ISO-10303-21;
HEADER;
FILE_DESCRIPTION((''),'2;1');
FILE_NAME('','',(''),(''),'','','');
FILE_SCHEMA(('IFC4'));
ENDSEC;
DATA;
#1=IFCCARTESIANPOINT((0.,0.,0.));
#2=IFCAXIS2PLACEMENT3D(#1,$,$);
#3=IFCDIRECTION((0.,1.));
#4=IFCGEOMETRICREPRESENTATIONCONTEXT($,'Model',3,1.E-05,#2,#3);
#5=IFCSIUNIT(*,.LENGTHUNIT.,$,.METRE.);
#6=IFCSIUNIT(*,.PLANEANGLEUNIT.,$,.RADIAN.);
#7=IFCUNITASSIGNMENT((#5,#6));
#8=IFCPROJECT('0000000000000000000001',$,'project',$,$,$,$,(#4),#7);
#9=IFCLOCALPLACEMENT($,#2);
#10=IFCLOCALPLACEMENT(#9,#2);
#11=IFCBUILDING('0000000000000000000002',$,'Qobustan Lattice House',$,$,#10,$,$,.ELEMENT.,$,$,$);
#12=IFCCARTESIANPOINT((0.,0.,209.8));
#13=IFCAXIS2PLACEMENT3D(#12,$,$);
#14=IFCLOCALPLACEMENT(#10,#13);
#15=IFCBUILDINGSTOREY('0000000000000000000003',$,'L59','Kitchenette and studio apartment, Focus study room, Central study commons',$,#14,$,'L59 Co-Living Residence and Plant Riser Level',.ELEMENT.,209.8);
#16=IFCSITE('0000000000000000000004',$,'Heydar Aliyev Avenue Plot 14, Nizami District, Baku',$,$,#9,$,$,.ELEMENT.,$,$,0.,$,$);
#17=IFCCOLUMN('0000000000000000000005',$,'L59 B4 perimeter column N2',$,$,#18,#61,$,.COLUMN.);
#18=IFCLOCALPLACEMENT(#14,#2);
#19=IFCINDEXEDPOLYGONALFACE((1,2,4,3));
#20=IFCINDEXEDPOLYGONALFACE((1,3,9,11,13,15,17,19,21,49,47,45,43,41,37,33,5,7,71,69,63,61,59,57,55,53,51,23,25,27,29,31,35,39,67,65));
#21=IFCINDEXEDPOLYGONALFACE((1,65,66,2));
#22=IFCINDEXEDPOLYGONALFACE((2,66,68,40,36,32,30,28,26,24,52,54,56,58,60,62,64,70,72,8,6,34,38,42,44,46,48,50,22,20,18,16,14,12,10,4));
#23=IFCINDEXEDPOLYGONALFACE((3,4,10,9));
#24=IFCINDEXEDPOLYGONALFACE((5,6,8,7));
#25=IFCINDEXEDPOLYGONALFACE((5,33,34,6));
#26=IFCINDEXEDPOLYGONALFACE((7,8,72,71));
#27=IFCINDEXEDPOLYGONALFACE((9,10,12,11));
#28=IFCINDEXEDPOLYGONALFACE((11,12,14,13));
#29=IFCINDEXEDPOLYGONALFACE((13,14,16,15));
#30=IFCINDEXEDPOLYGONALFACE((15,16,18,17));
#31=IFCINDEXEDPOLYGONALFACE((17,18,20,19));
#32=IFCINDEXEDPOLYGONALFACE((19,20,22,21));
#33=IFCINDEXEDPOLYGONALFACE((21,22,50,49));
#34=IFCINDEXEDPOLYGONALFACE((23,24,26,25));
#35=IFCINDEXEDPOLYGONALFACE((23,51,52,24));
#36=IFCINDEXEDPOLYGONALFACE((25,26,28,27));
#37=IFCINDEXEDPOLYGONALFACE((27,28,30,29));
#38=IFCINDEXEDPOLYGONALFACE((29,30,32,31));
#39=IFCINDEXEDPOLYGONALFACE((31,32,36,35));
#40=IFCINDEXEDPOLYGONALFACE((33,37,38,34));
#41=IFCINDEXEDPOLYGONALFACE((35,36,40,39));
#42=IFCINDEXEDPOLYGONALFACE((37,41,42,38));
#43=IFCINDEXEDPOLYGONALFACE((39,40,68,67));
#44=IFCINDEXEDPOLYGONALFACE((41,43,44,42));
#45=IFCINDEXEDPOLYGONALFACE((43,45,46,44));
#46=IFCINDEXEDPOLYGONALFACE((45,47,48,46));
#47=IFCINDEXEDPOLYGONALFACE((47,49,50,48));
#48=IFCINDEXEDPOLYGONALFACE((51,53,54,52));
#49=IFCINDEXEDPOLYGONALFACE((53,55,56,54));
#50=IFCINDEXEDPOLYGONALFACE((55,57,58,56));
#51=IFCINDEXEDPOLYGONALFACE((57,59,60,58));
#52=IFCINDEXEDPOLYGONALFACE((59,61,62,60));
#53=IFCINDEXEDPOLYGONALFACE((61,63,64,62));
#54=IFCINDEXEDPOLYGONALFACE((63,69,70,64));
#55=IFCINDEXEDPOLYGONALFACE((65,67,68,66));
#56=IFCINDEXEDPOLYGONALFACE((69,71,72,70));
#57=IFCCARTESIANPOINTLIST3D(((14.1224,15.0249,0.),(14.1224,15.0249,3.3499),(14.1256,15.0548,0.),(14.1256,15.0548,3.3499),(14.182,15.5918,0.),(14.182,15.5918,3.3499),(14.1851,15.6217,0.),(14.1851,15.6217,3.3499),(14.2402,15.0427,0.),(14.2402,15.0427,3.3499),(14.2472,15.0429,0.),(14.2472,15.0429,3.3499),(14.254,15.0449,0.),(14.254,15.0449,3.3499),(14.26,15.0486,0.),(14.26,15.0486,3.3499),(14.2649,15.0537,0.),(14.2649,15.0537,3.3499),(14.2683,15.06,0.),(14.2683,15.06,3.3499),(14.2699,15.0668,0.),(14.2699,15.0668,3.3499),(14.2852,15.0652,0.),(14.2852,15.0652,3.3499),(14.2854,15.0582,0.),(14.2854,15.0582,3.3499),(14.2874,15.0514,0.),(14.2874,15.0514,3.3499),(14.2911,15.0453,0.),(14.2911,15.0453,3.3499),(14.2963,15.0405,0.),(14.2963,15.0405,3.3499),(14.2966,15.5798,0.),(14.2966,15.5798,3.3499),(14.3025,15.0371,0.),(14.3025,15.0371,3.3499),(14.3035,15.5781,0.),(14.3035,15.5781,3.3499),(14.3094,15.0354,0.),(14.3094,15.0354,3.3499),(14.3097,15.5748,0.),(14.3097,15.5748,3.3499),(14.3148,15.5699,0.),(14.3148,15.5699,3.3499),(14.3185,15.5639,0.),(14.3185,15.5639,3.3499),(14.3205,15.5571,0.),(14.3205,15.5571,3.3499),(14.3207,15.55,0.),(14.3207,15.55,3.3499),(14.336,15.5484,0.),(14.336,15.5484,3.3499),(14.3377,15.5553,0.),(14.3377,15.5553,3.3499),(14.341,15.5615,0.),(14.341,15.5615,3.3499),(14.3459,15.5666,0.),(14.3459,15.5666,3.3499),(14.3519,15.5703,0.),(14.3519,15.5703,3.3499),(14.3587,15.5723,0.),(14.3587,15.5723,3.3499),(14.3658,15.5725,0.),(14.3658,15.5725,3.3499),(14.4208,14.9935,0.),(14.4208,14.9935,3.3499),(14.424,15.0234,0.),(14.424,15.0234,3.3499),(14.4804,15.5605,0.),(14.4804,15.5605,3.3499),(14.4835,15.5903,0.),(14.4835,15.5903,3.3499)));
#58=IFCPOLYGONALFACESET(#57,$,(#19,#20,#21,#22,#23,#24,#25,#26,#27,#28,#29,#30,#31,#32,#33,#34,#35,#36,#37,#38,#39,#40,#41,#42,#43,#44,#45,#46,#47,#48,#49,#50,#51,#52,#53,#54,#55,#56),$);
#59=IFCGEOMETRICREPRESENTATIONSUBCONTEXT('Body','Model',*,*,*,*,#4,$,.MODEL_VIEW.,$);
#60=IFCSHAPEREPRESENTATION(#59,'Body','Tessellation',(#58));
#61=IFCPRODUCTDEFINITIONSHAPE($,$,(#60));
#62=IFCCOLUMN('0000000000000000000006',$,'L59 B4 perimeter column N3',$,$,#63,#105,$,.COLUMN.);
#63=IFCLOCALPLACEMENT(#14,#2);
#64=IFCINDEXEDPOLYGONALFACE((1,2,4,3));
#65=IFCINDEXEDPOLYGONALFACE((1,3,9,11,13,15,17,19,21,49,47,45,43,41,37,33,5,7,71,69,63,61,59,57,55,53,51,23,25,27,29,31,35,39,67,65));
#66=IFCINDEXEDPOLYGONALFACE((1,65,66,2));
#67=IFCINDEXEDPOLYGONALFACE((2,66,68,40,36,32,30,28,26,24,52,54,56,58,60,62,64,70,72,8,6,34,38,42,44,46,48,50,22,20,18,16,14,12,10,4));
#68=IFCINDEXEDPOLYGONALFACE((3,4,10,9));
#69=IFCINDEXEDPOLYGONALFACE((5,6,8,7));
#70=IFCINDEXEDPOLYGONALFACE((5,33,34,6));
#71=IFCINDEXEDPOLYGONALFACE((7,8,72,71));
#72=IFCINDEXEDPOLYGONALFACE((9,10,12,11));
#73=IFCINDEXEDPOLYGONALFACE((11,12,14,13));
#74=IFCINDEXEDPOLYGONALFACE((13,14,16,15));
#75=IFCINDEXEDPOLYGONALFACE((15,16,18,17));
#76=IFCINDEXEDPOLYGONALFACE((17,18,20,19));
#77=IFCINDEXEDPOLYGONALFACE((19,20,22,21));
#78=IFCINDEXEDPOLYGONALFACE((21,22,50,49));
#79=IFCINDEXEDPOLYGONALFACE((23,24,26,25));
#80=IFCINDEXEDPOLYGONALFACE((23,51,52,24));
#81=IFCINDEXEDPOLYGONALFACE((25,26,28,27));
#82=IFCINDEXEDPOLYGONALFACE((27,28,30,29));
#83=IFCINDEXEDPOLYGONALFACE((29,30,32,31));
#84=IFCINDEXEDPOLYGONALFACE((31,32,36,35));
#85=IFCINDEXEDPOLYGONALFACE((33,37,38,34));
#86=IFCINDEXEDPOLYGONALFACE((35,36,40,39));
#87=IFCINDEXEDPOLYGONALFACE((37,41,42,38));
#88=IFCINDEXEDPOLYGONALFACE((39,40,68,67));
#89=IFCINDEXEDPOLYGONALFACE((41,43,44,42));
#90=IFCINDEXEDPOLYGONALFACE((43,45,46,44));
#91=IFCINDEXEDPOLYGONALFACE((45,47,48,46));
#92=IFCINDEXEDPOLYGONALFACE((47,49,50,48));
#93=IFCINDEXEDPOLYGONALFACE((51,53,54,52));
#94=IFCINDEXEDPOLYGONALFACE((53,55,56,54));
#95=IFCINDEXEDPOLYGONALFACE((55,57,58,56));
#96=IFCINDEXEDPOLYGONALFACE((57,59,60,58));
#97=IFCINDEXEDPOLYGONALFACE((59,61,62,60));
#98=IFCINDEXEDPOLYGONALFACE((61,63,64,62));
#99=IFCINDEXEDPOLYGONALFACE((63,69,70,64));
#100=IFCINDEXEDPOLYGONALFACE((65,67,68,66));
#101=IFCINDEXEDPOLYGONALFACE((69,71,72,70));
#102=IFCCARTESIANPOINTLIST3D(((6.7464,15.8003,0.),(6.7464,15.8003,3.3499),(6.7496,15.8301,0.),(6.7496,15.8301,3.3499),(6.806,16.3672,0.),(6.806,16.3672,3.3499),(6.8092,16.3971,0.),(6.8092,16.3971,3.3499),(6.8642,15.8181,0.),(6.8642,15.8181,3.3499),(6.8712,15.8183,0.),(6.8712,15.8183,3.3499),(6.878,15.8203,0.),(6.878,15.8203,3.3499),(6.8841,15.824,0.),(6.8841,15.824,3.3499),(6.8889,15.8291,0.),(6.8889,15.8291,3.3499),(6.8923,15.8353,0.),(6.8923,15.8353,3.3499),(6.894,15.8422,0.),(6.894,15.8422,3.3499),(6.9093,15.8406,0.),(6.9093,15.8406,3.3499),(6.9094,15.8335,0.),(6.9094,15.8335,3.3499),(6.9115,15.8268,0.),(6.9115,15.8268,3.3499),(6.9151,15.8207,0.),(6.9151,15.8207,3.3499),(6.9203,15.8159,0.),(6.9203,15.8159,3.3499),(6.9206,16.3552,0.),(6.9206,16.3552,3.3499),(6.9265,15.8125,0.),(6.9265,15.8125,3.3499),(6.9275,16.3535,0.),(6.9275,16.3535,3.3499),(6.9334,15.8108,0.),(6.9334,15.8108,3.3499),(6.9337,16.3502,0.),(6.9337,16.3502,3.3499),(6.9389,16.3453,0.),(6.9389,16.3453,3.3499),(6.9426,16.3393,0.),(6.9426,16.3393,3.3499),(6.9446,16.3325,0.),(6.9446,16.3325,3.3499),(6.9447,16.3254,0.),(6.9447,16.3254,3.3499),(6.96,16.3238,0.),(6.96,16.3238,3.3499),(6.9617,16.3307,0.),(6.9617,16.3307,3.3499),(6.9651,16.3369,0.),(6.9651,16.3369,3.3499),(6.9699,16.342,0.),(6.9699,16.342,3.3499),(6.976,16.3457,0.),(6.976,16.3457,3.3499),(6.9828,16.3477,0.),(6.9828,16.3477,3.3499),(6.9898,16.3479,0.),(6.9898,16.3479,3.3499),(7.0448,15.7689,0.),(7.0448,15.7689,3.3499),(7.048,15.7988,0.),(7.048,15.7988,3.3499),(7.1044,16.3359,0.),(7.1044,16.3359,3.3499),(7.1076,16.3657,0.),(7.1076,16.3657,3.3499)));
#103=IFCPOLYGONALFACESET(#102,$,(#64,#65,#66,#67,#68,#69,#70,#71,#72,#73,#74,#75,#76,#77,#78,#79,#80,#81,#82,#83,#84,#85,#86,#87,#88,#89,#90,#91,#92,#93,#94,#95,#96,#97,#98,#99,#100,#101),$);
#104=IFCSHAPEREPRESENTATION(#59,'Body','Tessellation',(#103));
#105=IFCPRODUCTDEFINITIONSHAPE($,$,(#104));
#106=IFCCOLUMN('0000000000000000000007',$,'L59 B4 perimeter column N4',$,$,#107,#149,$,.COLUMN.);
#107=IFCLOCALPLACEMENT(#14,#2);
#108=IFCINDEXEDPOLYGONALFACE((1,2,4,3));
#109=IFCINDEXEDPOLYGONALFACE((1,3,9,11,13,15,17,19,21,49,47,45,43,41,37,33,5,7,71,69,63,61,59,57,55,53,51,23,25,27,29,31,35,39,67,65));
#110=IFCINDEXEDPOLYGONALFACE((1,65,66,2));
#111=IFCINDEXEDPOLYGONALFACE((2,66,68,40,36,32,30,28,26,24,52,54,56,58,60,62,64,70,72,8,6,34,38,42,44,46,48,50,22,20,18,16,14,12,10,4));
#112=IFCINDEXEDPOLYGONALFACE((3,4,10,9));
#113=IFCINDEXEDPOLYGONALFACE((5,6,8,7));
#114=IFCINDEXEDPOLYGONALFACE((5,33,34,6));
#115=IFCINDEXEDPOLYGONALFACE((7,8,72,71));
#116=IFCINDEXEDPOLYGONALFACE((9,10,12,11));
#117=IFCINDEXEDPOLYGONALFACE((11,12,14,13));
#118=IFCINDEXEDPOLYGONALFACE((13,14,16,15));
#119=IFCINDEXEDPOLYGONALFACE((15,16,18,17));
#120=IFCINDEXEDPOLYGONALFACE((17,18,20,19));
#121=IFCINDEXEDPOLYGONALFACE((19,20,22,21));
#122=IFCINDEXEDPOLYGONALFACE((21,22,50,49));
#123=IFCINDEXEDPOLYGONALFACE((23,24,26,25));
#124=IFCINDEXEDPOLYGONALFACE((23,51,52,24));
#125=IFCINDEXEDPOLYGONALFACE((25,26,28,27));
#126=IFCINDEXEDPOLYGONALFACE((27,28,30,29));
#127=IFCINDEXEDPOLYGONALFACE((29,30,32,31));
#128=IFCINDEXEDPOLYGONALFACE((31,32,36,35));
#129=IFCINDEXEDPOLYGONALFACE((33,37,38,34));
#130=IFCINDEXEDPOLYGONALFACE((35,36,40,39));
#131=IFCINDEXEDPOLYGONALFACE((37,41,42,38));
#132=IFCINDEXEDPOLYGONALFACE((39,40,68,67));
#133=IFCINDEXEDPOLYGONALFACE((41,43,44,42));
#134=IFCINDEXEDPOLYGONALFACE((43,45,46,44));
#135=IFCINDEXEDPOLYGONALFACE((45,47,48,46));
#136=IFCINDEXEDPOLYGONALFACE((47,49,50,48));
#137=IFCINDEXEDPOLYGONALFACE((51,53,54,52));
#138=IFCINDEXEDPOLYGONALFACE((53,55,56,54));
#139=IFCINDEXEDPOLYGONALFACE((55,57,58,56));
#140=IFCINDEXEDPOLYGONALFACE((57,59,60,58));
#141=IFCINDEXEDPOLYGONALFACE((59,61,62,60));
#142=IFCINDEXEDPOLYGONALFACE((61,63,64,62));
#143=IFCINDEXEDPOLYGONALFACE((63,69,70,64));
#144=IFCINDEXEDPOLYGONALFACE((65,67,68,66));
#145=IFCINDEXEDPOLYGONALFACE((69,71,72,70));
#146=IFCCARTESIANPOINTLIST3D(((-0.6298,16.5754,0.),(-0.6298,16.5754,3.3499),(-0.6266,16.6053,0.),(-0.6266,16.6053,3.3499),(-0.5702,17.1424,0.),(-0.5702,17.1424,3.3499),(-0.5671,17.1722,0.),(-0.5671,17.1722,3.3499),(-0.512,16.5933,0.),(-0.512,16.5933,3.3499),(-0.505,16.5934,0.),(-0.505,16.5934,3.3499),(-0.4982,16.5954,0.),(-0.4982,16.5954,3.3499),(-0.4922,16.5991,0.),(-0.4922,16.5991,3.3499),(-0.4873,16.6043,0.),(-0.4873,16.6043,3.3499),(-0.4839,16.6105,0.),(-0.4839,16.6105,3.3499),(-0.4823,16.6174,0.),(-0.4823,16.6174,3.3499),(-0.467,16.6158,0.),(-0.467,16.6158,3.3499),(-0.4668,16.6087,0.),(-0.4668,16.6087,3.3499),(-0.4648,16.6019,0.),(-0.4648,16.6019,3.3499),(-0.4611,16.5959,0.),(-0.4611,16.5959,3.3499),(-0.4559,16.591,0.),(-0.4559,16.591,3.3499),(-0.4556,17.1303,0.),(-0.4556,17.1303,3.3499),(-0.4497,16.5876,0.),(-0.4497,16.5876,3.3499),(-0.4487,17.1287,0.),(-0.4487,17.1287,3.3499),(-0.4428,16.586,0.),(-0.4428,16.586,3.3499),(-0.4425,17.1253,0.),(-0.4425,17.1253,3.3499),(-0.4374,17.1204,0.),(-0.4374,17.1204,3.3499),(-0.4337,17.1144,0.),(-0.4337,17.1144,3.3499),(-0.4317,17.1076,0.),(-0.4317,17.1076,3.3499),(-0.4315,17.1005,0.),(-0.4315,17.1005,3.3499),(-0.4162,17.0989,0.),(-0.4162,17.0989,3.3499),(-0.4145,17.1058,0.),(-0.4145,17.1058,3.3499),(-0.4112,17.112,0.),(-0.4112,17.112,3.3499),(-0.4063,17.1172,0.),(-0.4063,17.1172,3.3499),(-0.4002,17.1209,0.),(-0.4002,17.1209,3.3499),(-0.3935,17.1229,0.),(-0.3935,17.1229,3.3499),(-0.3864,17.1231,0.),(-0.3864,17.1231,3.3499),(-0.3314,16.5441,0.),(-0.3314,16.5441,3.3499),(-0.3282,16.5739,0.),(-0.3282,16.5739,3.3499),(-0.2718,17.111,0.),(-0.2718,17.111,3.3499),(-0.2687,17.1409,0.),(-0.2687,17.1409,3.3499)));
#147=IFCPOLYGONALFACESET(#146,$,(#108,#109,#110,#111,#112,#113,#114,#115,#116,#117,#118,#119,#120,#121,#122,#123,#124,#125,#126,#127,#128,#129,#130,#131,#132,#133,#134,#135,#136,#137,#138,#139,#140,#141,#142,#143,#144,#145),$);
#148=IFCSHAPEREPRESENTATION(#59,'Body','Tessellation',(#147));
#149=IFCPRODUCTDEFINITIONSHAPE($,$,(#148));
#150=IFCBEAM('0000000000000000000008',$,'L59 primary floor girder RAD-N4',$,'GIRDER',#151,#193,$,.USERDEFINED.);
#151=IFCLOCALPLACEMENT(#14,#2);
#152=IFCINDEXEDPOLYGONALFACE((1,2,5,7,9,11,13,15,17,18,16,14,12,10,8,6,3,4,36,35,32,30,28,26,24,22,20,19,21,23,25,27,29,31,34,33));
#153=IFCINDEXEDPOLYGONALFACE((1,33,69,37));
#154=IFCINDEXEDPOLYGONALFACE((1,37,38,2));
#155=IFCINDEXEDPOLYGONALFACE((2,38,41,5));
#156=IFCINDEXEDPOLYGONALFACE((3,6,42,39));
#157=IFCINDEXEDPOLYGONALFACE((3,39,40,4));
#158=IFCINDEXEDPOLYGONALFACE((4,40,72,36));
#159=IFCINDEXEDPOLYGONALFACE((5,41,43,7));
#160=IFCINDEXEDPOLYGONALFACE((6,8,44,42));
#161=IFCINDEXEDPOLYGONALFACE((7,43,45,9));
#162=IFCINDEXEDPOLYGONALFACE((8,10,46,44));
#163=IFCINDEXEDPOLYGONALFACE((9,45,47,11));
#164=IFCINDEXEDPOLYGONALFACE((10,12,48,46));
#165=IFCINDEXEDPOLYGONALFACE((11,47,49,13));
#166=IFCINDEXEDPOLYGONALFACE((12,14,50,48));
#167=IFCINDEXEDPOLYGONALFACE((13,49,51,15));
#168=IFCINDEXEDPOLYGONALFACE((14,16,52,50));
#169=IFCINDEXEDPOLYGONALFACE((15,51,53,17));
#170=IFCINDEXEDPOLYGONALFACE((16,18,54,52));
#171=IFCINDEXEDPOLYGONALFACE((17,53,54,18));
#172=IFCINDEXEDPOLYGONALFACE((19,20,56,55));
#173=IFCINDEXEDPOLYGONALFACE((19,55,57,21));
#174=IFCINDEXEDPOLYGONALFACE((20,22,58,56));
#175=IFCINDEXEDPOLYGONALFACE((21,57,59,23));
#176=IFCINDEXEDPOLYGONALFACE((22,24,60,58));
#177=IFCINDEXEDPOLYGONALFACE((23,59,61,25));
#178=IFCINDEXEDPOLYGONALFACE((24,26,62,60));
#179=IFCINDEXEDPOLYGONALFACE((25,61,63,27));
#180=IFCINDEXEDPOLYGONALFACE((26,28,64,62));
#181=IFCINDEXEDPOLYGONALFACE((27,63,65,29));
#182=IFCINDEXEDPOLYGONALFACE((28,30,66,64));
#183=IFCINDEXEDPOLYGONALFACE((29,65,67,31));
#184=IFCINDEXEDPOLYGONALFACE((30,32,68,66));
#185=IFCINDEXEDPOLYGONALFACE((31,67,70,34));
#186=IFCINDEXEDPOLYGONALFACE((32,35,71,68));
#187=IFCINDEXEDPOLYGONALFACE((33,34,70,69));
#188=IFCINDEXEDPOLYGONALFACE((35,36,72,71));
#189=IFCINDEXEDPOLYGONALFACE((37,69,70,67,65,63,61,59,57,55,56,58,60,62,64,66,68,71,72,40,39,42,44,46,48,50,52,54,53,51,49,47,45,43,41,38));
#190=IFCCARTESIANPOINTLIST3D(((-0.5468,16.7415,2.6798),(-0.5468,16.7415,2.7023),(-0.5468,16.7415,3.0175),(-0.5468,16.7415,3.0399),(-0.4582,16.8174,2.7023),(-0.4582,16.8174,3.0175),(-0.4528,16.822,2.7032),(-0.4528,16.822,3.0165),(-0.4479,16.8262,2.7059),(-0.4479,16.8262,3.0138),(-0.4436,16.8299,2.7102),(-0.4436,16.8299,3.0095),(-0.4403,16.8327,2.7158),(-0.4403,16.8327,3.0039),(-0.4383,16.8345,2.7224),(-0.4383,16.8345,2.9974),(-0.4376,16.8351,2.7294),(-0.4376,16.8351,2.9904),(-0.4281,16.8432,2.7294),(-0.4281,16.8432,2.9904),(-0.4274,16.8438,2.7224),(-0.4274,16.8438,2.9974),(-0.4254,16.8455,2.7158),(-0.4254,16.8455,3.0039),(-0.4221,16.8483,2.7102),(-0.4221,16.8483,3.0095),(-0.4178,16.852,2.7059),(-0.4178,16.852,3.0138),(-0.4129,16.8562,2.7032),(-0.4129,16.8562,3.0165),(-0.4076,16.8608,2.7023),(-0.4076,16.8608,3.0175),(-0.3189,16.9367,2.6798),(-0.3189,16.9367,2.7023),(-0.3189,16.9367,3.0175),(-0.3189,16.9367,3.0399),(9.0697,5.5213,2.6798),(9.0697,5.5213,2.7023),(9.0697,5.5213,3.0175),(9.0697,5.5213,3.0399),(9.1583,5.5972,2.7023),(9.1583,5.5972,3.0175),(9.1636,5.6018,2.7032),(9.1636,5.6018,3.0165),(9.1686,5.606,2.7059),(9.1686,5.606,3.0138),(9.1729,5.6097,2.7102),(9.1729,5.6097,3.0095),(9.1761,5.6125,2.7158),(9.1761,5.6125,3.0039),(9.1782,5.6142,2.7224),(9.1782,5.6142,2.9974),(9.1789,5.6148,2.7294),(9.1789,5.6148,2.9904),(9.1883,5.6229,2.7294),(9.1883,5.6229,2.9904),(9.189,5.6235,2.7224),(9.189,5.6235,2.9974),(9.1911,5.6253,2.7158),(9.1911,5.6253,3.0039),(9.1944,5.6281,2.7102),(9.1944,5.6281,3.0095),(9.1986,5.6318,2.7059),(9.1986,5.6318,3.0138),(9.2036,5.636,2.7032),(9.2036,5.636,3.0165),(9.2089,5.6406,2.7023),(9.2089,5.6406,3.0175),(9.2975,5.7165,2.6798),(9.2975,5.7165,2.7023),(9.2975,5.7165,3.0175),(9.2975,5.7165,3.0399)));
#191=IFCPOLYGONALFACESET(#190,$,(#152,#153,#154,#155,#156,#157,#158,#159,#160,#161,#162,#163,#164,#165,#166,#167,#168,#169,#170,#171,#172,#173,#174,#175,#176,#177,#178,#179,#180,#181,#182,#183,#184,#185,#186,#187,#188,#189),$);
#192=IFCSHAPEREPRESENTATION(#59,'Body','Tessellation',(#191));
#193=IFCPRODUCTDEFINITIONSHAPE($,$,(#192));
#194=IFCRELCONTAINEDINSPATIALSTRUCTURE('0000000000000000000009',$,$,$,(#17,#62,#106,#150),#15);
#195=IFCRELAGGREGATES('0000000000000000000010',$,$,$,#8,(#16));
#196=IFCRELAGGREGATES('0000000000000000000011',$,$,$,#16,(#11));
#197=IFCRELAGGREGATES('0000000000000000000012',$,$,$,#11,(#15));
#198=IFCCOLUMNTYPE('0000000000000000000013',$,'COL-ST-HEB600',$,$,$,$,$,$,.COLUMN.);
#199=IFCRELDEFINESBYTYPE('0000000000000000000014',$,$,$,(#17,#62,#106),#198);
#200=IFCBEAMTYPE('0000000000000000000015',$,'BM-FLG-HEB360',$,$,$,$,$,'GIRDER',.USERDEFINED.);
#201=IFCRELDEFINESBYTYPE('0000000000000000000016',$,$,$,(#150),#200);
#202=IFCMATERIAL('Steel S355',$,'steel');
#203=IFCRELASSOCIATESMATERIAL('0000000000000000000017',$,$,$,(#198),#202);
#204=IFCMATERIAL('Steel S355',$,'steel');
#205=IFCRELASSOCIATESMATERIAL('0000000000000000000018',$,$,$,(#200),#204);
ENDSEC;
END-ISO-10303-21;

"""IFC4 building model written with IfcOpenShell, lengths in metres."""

from ifc_helpers import new_model, si_unit, direction, frame, origin, origin_2d, place, context, subcontext, project, spatial, i_section, extrude, material, material_profile, profile_set, type_object, element, save


model = new_model("IFC4")

# Units and contexts
model_context = context("Model", 3, precision=1e-05, world=origin(), true_north=direction((0.0, 1.0)))
body_context = subcontext(model_context, "Body", "Model", "MODEL_VIEW")
ifc_project = project(units=[si_unit("LENGTHUNIT", "METRE"), si_unit("PLANEANGLEUNIT", "RADIAN")], contexts=[model_context])

# Site, building, storey
site_placement = place(None, origin())
site = spatial("IfcSite", under=ifc_project, at=site_placement, Name="Heydar Aliyev Avenue Plot 14, Nizami District, Baku", CompositionType="ELEMENT", RefElevation=0.0)
building_placement = place(site_placement, origin())
building = spatial("IfcBuilding", under=site, at=building_placement, Name="Qobustan Lattice House", CompositionType="ELEMENT")
storey_placement = place(building_placement, frame((0.0, 0.0, 209.8)))
storey = spatial("IfcBuildingStorey", under=building, at=storey_placement, Name="L59", Description="Kitchenette and studio apartment, Focus study room, Central study commons", LongName="L59 Co-Living Residence and Plant Riser Level", CompositionType="ELEMENT", Elevation=209.8)

# Columns
ifc_material_1 = material(Name="Steel S355", Category="steel")
ifc_material_profile_1 = material_profile(ifc_material_1, i_section(OverallWidth=0.3, OverallDepth=0.6001, WebThickness=0.0154, FlangeThickness=0.03, FilletRadius=0.0271, at=origin_2d()), Name="HEB600")
ifc_profile_set_1 = profile_set([ifc_material_profile_1], Name="Steel S355")
column_type = type_object("IfcColumnType", Name="COL-ST-HEB600", PredefinedType="COLUMN", material=ifc_profile_set_1)
for number, where, z_axis, x_axis, name in (
    (1, (14.303, 15.3076, 0.0), (0.0, 0.0, 1.0), (0.994522, -0.104528, 0.0), "L59 B4 perimeter column N2"),
    (2, (6.927, 16.083, 0.0), (0.0, 0.0, 1.0), (0.994522, -0.104528, 0.0), "L59 B4 perimeter column N3"),
    (3, (-0.4492, 16.8582, 0.0), (0.0, 0.0, 1.0), (0.994522, -0.104528, 0.0), "L59 B4 perimeter column N4"),
):
    element("IfcColumn", number, at=place(storey_placement, frame(where, z_axis=z_axis, x_axis=x_axis)), inside=storey, type_object=column_type, Name=name, PredefinedType="COLUMN", context=body_context, shape_type="SweptSolid", body=[
        extrude(i_section(OverallWidth=0.3, OverallDepth=0.6001, WebThickness=0.0154, FlangeThickness=0.03, FilletRadius=0.0271, at=origin_2d()), origin(), (0.0, 0.0, 1.0), 3.3499),
    ])

# Beam
ifc_material_2 = material(Name="Steel S355", Category="steel")
ifc_material_profile_2 = material_profile(ifc_material_2, i_section(OverallWidth=0.3, OverallDepth=0.3601, WebThickness=0.0125, FlangeThickness=0.0225, FilletRadius=0.0271, at=origin_2d()), Name="HEB360")
ifc_profile_set_2 = profile_set([ifc_material_profile_2], Name="Steel S355")
beam_type_1 = type_object("IfcBeamType", Name="BM-FLG-HEB360", ElementType="GIRDER", PredefinedType="USERDEFINED", material=ifc_profile_set_2)
beam_1_placement = place(storey_placement, frame((-0.4329, 16.8391, 2.8599), z_axis=(0.650757, -0.759286, 0.0), x_axis=(0.759286, 0.650757, 0.0)))
element("IfcBeam", 4, at=beam_1_placement, inside=storey, type_object=beam_type_1, Name="L59 primary floor girder RAD-N4", ObjectType="GIRDER", PredefinedType="USERDEFINED", context=body_context, shape_type="SweptSolid", body=[
    extrude(i_section(OverallWidth=0.3, OverallDepth=0.3601, WebThickness=0.0125, FlangeThickness=0.0225, FilletRadius=0.0271, at=origin_2d()), origin(), (0.0, 0.0, 1.0), 14.7773),
])

save(model, "model.ifc")
